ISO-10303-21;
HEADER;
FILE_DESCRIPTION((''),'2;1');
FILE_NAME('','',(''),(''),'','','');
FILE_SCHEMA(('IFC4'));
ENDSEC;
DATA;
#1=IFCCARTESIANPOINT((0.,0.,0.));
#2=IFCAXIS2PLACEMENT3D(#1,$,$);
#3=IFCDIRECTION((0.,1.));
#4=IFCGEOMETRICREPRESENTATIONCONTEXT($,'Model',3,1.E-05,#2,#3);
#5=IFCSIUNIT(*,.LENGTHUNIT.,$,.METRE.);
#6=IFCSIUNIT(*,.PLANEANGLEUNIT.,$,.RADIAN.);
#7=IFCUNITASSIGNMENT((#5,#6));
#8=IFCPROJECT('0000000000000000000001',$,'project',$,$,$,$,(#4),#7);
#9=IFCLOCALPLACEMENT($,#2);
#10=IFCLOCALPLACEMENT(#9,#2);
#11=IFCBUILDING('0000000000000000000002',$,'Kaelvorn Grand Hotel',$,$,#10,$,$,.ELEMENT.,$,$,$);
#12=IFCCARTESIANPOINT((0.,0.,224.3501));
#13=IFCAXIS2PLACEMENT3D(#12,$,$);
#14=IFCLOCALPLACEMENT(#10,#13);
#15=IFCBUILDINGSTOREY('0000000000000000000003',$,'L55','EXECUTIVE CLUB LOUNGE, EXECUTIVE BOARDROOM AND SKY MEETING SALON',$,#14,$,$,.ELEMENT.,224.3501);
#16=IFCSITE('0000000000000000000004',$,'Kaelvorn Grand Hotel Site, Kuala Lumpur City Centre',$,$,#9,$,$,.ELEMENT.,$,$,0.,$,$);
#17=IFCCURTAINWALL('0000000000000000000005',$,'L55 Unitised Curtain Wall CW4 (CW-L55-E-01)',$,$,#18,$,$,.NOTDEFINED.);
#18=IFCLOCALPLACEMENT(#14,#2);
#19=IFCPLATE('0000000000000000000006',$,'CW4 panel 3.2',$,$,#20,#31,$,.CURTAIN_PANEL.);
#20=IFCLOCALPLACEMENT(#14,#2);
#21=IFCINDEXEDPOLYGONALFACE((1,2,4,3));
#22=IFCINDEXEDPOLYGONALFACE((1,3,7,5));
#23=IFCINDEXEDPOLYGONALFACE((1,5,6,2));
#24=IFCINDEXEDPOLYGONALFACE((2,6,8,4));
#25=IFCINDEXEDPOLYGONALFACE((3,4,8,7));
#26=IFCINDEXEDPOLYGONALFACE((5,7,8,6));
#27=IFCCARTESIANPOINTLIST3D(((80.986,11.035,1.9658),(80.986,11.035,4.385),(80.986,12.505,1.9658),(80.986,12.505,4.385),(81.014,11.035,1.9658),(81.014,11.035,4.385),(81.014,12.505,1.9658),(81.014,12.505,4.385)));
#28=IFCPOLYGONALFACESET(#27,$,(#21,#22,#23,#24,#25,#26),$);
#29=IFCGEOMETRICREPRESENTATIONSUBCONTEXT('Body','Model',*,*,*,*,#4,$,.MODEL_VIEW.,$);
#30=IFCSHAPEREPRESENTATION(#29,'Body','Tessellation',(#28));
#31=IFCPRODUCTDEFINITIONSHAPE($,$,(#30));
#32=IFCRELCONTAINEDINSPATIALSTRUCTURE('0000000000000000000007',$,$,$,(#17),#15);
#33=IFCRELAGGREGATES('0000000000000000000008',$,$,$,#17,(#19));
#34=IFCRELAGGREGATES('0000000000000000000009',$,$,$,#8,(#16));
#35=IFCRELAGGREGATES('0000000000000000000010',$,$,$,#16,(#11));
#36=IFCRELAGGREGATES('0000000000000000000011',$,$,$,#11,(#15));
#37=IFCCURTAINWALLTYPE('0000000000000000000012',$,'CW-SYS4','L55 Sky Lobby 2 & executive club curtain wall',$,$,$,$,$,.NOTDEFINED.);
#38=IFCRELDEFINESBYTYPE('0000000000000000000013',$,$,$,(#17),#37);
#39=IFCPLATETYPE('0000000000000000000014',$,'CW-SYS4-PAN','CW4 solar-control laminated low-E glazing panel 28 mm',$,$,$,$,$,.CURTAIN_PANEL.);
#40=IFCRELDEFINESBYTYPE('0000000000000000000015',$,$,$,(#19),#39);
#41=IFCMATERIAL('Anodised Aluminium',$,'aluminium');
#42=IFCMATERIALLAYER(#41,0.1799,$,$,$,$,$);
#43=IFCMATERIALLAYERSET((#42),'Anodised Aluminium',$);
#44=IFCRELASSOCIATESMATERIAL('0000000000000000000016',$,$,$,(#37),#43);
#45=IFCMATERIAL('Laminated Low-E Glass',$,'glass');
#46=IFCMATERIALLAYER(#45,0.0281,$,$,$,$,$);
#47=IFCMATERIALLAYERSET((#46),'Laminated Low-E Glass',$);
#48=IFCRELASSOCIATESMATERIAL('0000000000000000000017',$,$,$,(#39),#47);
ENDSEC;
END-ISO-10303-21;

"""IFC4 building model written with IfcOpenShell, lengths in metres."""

from ifc_helpers import new_model, si_unit, direction, frame, origin, origin_2d, place, context, subcontext, project, spatial, rectangle, extrude, material, layer, layer_set, type_object, element, aggregate, save


model = new_model("IFC4")

# Units and contexts
model_context = context("Model", 3, precision=1e-05, world=origin(), true_north=direction((0.0, 1.0)))
body_context = subcontext(model_context, "Body", "Model", "MODEL_VIEW")
ifc_project = project(units=[si_unit("LENGTHUNIT", "METRE"), si_unit("PLANEANGLEUNIT", "RADIAN")], contexts=[model_context])

# Site, building, storey
site_placement = place(None, origin())
site = spatial("IfcSite", under=ifc_project, at=site_placement, Name="Kaelvorn Grand Hotel Site, Kuala Lumpur City Centre", CompositionType="ELEMENT", RefElevation=0.0)
building_placement = place(site_placement, origin())
building = spatial("IfcBuilding", under=site, at=building_placement, Name="Kaelvorn Grand Hotel", CompositionType="ELEMENT")
storey_placement = place(building_placement, frame((0.0, 0.0, 224.3501)))
storey = spatial("IfcBuildingStorey", under=building, at=storey_placement, Name="L55", Description="EXECUTIVE CLUB LOUNGE, EXECUTIVE BOARDROOM AND SKY MEETING SALON", CompositionType="ELEMENT", Elevation=224.3501)

# Curtain wall, plate
ifc_material_1 = material(Name="Anodised Aluminium", Category="aluminium")
ifc_layer_1 = layer(ifc_material_1, 0.1799)
ifc_layer_set_1 = layer_set([ifc_layer_1], Name="Anodised Aluminium")
curtain_wall_type = type_object("IfcCurtainWallType", Name="CW-SYS4", Description="L55 Sky Lobby 2 & executive club curtain wall", PredefinedType="NOTDEFINED", material=ifc_layer_set_1)
curtain_wall_placement = place(storey_placement, origin())
curtain_wall = element("IfcCurtainWall", 1, at=curtain_wall_placement, inside=storey, type_object=curtain_wall_type, Name="L55 Unitised Curtain Wall CW4 (CW-L55-E-01)", PredefinedType="NOTDEFINED")
ifc_material_2 = material(Name="Laminated Low-E Glass", Category="glass")
ifc_layer_2 = layer(ifc_material_2, 0.0281)
ifc_layer_set_2 = layer_set([ifc_layer_2], Name="Laminated Low-E Glass")
plate_type = type_object("IfcPlateType", Name="CW-SYS4-PAN", Description="CW4 solar-control laminated low-E glazing panel 28 mm", PredefinedType="CURTAIN_PANEL", material=ifc_layer_set_2)
plate_1_placement = place(storey_placement, frame((81.0, 11.77, 1.9658), z_axis=(0.0, 0.0, 1.0), x_axis=(0.0, 1.0, 0.0)))
plate_1 = element("IfcPlate", 2, at=plate_1_placement, type_object=plate_type, Name="CW4 panel 3.2", PredefinedType="CURTAIN_PANEL", context=body_context, shape_type="SweptSolid", body=[
    extrude(rectangle(XDim=1.47, YDim=0.0281, at=origin_2d()), origin(), (0.0, 0.0, 1.0), 2.4192),
])
aggregate(curtain_wall, [plate_1])

save(model, "model.ifc")
